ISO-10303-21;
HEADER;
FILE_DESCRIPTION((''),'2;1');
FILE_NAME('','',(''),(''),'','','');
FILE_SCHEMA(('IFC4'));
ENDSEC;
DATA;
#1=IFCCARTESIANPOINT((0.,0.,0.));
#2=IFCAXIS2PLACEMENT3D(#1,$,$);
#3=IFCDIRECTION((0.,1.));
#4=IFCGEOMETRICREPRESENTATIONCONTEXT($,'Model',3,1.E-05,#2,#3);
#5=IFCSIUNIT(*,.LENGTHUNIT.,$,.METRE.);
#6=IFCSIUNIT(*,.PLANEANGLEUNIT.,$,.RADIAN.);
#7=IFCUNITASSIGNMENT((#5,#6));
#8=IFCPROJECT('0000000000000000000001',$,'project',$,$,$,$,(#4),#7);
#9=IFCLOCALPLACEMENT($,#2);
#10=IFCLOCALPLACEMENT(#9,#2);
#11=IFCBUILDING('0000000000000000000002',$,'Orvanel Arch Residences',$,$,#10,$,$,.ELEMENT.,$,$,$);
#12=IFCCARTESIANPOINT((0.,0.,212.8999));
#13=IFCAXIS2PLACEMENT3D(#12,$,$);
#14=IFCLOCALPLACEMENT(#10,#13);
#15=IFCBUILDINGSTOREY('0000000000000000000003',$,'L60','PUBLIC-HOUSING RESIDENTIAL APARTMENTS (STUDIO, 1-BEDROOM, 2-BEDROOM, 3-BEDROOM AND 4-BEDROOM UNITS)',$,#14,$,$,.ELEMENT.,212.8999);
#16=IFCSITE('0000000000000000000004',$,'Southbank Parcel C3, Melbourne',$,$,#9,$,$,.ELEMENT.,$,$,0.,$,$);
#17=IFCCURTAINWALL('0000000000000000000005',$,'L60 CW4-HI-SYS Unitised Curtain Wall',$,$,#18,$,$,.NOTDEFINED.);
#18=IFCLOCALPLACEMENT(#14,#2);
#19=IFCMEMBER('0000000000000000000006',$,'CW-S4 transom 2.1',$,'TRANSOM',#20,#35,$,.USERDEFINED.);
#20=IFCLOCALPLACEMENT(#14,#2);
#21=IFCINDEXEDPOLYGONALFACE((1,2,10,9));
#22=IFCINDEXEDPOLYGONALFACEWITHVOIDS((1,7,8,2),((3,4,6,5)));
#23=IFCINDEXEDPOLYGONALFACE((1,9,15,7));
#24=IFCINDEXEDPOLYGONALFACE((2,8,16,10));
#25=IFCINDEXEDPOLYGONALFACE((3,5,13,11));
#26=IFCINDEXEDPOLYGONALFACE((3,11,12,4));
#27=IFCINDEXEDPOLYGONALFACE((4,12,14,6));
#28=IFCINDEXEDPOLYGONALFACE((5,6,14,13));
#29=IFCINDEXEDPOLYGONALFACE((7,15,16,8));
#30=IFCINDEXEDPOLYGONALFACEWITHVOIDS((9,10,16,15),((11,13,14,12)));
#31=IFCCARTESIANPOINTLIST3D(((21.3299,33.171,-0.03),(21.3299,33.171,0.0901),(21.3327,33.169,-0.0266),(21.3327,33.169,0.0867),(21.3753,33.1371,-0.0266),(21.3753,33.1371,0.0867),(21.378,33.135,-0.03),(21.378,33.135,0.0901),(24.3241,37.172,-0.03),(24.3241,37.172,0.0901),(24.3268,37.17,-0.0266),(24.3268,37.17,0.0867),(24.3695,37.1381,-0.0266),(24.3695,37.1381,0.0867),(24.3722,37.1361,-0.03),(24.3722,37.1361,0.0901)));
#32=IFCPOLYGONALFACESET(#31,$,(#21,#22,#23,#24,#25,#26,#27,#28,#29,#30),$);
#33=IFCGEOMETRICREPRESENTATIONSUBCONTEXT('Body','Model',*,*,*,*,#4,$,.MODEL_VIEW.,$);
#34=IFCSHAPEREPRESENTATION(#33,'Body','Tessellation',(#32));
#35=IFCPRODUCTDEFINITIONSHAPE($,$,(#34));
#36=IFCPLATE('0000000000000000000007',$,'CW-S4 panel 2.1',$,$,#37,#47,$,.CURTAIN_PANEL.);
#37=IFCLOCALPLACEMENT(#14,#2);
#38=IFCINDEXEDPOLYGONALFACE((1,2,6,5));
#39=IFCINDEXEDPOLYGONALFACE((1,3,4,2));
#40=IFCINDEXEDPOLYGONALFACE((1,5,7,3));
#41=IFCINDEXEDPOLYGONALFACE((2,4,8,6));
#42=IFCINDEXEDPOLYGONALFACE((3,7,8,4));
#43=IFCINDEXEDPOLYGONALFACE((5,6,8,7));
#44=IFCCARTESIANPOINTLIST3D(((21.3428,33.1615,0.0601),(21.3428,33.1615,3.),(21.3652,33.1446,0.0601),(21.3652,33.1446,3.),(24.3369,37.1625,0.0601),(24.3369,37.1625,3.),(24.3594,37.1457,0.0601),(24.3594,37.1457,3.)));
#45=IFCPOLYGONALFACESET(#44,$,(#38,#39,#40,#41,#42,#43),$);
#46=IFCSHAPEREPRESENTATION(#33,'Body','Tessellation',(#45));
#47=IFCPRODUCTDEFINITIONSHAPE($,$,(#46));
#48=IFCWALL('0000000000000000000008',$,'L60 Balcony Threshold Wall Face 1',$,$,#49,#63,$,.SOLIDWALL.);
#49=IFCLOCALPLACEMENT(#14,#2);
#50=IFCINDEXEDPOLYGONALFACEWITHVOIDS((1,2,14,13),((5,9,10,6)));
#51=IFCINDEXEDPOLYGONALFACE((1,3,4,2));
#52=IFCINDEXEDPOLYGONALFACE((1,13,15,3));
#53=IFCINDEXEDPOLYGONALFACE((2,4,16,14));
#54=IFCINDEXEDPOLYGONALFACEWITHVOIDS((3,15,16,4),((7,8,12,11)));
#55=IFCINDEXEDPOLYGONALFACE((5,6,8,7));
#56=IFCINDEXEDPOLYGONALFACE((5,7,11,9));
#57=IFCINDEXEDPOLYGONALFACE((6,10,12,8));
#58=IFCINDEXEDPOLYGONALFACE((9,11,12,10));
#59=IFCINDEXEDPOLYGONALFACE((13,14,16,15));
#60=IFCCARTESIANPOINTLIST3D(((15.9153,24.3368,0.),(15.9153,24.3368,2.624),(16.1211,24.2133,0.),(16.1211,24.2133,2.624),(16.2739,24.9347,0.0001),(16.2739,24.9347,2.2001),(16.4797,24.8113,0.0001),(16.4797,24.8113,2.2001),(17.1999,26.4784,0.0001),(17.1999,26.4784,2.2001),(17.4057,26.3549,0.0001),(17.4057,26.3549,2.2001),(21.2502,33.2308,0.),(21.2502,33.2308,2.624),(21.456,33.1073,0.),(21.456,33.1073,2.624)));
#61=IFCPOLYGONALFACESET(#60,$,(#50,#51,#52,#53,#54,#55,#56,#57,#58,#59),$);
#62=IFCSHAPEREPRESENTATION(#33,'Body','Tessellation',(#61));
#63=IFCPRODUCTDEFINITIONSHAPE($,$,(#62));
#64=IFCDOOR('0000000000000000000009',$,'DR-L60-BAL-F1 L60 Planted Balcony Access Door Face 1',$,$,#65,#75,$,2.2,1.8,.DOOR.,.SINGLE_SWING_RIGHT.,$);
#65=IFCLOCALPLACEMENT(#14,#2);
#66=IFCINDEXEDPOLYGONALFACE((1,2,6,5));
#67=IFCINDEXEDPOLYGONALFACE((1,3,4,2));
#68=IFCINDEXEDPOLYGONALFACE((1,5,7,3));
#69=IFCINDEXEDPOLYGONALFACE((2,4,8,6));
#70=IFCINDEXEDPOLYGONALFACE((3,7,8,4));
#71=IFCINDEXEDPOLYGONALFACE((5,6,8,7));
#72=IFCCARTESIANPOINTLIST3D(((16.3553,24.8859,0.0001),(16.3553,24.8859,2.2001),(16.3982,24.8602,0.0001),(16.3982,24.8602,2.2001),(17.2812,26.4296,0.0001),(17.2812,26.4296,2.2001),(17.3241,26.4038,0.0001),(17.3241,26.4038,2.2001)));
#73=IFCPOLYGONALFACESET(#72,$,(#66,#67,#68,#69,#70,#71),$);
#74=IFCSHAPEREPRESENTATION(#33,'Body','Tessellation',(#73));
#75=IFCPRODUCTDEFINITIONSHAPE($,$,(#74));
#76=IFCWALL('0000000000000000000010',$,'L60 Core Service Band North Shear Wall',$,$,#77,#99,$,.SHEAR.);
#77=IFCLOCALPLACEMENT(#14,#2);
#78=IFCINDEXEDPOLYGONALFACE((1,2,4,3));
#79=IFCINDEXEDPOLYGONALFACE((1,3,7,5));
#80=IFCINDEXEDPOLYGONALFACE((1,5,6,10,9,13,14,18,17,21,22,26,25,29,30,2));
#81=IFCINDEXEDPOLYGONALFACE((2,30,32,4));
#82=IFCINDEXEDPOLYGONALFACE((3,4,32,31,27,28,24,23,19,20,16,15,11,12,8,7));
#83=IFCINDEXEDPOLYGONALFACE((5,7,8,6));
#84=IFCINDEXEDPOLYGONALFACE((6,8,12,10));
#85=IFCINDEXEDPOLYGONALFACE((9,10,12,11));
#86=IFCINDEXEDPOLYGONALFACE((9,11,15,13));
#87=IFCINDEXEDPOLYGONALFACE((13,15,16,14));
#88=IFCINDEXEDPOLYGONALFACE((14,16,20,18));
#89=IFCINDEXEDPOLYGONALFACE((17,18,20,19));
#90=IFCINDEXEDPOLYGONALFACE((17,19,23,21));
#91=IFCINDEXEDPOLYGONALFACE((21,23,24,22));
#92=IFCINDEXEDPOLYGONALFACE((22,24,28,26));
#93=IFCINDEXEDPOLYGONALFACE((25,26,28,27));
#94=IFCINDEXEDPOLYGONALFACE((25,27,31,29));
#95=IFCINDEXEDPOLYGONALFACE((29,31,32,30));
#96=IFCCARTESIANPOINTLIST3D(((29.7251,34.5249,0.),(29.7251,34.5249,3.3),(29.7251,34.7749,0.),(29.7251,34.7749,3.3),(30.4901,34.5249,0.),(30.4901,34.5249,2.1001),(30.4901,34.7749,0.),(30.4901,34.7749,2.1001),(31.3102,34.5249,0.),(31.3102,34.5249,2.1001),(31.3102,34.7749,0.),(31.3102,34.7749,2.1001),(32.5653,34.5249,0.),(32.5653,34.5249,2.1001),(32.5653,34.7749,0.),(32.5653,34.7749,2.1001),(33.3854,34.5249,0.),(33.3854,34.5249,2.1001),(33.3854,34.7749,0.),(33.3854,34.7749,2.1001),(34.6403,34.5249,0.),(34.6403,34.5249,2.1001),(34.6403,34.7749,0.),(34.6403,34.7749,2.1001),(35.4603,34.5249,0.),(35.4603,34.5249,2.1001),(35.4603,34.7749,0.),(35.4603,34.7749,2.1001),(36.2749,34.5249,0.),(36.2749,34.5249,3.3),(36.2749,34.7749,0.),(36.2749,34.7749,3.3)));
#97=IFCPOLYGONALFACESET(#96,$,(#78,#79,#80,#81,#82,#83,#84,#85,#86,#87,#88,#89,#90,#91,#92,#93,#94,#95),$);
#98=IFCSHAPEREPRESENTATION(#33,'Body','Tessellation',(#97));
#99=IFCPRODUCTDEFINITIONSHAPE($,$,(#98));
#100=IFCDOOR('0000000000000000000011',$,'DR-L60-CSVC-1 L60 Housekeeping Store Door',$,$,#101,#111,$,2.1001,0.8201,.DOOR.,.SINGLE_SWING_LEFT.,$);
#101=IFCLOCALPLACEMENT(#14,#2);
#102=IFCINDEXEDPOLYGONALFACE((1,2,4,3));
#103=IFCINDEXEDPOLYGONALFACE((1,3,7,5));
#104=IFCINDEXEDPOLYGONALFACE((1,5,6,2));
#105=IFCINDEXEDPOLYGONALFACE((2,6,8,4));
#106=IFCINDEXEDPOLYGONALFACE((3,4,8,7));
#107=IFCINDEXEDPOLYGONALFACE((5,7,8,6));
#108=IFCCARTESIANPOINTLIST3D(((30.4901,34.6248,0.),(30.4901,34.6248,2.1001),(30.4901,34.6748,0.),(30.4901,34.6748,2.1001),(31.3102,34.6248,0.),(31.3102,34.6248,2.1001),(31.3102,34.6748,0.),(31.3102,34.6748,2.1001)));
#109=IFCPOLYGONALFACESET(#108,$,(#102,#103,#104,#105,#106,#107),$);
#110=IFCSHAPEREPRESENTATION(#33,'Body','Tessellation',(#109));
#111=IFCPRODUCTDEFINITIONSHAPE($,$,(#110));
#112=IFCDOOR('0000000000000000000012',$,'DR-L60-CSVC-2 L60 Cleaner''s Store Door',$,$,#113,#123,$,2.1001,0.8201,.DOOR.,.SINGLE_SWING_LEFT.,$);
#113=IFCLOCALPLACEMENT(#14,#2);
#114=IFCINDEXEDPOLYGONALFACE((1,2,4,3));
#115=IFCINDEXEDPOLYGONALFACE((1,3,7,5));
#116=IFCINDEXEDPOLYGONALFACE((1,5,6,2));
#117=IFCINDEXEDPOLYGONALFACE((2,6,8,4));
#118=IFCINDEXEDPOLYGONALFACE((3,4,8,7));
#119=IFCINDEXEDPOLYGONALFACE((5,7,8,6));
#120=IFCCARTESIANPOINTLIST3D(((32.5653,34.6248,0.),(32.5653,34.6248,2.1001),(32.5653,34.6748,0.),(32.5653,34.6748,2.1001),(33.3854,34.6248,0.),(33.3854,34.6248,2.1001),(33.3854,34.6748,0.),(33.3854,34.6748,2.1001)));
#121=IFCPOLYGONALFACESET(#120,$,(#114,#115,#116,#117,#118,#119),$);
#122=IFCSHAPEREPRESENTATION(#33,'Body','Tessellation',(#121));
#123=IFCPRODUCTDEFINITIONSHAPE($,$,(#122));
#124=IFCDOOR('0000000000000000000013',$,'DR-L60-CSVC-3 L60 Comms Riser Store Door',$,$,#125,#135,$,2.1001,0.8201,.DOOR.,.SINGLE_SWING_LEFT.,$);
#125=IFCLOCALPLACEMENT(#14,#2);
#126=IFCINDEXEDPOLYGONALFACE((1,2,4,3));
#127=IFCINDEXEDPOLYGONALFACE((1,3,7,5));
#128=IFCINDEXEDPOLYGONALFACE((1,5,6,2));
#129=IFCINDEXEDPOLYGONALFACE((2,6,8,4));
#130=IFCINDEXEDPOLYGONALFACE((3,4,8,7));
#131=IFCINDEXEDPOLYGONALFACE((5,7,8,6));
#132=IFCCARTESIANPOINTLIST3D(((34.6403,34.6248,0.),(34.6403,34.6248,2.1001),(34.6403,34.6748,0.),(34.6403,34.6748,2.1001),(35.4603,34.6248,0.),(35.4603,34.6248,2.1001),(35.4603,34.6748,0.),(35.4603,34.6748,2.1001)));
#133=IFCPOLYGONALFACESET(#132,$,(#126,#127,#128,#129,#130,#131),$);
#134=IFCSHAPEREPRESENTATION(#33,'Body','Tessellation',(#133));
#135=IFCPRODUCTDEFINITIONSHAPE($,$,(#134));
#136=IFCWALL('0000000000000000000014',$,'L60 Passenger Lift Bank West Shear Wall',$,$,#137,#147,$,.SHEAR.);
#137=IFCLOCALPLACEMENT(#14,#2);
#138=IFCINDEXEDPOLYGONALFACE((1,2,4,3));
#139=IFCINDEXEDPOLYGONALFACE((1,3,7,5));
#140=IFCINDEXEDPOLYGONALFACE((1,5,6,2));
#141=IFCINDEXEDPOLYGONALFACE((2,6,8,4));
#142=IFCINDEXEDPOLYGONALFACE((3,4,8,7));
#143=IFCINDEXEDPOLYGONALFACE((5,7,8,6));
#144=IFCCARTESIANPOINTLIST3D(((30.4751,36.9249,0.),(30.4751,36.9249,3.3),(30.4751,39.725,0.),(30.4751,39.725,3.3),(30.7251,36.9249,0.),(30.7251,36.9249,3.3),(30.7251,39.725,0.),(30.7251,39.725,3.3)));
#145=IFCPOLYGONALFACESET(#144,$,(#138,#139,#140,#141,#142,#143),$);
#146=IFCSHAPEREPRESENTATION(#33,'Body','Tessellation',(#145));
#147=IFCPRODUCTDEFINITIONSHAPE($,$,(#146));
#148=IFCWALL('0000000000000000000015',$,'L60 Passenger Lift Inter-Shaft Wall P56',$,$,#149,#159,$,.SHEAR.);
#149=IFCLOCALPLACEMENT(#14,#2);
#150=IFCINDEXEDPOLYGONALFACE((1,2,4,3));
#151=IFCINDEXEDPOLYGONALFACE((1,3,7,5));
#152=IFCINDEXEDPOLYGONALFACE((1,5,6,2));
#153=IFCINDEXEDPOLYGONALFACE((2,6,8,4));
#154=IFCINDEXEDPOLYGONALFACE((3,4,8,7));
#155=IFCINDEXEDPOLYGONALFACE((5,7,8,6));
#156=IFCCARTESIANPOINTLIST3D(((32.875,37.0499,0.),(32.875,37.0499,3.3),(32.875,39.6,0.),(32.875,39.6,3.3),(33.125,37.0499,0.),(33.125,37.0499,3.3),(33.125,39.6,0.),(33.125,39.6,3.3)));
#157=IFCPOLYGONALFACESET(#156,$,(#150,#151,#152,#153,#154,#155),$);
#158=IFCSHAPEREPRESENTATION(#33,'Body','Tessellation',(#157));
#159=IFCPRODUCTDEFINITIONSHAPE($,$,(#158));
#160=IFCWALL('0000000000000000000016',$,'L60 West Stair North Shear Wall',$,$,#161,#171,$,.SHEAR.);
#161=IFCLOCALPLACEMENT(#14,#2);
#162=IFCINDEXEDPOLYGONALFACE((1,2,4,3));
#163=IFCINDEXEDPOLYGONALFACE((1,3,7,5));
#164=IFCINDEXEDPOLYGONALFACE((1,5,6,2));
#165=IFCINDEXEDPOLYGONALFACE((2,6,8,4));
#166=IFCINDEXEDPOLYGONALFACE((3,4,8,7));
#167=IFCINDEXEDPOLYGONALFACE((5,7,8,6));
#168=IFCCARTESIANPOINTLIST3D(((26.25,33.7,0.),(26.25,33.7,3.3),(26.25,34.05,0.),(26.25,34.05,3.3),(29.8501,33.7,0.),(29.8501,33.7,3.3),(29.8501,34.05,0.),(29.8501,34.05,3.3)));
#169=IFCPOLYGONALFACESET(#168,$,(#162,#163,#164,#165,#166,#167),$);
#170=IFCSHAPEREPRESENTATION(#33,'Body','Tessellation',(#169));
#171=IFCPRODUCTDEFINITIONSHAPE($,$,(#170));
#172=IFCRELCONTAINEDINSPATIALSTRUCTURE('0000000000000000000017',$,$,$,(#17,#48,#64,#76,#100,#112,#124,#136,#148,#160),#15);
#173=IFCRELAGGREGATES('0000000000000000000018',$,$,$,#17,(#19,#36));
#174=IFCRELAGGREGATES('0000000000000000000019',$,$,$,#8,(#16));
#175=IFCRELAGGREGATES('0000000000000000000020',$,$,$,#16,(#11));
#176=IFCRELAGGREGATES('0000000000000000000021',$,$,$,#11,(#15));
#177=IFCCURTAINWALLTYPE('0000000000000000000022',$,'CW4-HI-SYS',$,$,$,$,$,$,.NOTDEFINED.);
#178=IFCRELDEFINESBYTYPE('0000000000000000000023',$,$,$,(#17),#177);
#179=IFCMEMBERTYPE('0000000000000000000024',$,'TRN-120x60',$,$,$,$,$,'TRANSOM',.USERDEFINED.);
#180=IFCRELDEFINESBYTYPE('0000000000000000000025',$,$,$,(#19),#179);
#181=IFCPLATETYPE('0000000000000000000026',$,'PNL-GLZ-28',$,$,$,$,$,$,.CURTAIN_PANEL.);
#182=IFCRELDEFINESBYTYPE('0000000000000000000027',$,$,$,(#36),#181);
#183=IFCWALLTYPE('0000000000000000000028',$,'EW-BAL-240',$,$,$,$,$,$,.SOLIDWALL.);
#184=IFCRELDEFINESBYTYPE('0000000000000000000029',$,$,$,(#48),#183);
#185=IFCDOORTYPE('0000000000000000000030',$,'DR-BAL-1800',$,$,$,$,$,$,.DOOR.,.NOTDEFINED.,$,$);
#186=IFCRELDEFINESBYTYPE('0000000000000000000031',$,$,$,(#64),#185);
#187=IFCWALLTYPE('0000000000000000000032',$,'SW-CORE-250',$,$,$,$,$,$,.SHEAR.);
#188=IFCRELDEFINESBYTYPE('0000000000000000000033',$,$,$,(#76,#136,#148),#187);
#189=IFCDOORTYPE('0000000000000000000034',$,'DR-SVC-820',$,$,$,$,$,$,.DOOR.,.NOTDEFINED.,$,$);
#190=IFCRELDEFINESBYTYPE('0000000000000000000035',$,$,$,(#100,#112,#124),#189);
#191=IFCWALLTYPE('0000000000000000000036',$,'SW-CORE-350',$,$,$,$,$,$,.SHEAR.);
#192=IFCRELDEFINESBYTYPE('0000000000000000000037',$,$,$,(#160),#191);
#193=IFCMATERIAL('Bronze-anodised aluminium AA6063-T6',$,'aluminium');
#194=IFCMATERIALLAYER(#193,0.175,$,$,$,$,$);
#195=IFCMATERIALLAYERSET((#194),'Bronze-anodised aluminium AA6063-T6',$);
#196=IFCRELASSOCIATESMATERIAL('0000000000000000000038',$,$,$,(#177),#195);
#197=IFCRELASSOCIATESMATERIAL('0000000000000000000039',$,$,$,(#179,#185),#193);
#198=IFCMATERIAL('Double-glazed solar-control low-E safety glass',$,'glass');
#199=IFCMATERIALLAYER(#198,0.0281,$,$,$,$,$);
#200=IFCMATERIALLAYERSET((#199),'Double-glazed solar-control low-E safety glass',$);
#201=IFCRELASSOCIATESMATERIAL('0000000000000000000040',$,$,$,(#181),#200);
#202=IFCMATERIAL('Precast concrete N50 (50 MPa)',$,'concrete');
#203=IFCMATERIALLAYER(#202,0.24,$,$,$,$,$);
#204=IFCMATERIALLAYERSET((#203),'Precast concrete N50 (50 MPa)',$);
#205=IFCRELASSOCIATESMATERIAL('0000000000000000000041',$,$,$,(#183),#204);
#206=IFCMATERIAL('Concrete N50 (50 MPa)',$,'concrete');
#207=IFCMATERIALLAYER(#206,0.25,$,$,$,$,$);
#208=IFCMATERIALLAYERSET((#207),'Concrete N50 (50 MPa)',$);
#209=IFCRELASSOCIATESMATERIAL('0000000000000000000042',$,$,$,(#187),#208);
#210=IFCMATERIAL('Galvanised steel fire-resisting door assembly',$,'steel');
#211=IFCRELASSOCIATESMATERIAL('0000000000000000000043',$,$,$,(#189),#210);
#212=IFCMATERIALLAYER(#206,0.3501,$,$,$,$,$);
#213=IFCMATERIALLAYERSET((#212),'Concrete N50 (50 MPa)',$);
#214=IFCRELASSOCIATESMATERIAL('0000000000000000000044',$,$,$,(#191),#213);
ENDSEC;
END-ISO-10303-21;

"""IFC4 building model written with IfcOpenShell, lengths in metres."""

from ifc_helpers import new_model, si_unit, direction, frame, frame_2d, origin, origin_2d, place, context, subcontext, project, spatial, rectangle, hollow_rectangle, extrude, material, layer, layer_set, material_profile, profile_set, type_object, element, fill, aggregate, save


model = new_model("IFC4")

# Units and contexts
model_context = context("Model", 3, precision=1e-05, world=origin(), true_north=direction((0.0, 1.0)))
body_context = subcontext(model_context, "Body", "Model", "MODEL_VIEW")
ifc_project = project(units=[si_unit("LENGTHUNIT", "METRE"), si_unit("PLANEANGLEUNIT", "RADIAN")], contexts=[model_context])

# Site, building, storey
site_placement = place(None, origin())
site = spatial("IfcSite", under=ifc_project, at=site_placement, Name="Southbank Parcel C3, Melbourne", CompositionType="ELEMENT", RefElevation=0.0)
building_placement = place(site_placement, origin())
building = spatial("IfcBuilding", under=site, at=building_placement, Name="Orvanel Arch Residences", CompositionType="ELEMENT")
storey_placement = place(building_placement, frame((0.0, 0.0, 212.8999)))
storey = spatial("IfcBuildingStorey", under=building, at=storey_placement, Name="L60", Description="PUBLIC-HOUSING RESIDENTIAL APARTMENTS (STUDIO, 1-BEDROOM, 2-BEDROOM, 3-BEDROOM AND 4-BEDROOM UNITS)", CompositionType="ELEMENT", Elevation=212.8999)

# Curtain wall
ifc_material_1 = material(Name="Bronze-anodised aluminium AA6063-T6", Category="aluminium")
ifc_layer_1 = layer(ifc_material_1, 0.175)
ifc_layer_set_1 = layer_set([ifc_layer_1], Name="Bronze-anodised aluminium AA6063-T6")
curtain_wall_type = type_object("IfcCurtainWallType", Name="CW4-HI-SYS", PredefinedType="NOTDEFINED", material=ifc_layer_set_1)
curtain_wall_placement = place(storey_placement, origin())
curtain_wall = element("IfcCurtainWall", 1, at=curtain_wall_placement, inside=storey, type_object=curtain_wall_type, Name="L60 CW4-HI-SYS Unitised Curtain Wall", PredefinedType="NOTDEFINED")

# Member
ifc_material_profile_1 = material_profile(ifc_material_1, hollow_rectangle(XDim=0.0601, YDim=0.1201, WallThickness=0.0034, at=origin_2d()), Name="ALU120x60x3.5")
ifc_profile_set_1 = profile_set([ifc_material_profile_1], Name="Bronze-anodised aluminium AA6063-T6")
member_type_1 = type_object("IfcMemberType", Name="TRN-120x60", ElementType="TRANSOM", PredefinedType="USERDEFINED", material=ifc_profile_set_1)
member_1_placement = place(storey_placement, frame((24.3481, 37.1541, 0.03), z_axis=(-0.599155, -0.800633, 0.0), x_axis=(0.800633, -0.599155, 0.0)))
member_1 = element("IfcMember", 2, at=member_1_placement, type_object=member_type_1, Name="CW-S4 transom 2.1", ObjectType="TRANSOM", PredefinedType="USERDEFINED", context=body_context, shape_type="SweptSolid", body=[
    extrude(hollow_rectangle(XDim=0.0601, YDim=0.1201, WallThickness=0.0034, at=origin_2d()), origin(), (0.0, 0.0, 1.0), 4.9973),
])

# Plate
ifc_material_2 = material(Name="Double-glazed solar-control low-E safety glass", Category="glass")
ifc_layer_2 = layer(ifc_material_2, 0.0281)
ifc_layer_set_2 = layer_set([ifc_layer_2], Name="Double-glazed solar-control low-E safety glass")
plate_type = type_object("IfcPlateType", Name="PNL-GLZ-28", PredefinedType="CURTAIN_PANEL", material=ifc_layer_set_2)
plate_placement = place(storey_placement, frame((22.8511, 35.1536, 0.0601), z_axis=(0.0, 0.0, 1.0), x_axis=(-0.599152, -0.800636, 0.0)))
plate = element("IfcPlate", 3, at=plate_placement, type_object=plate_type, Name="CW-S4 panel 2.1", PredefinedType="CURTAIN_PANEL", context=body_context, shape_type="SweptSolid", body=[
    extrude(rectangle(XDim=4.9973, YDim=0.0281, at=origin_2d()), origin(), (0.0, 0.0, 1.0), 2.9399),
])
aggregate(curtain_wall, [member_1, plate])

# Wall, opening, door
ifc_material_3 = material(Name="Precast concrete N50 (50 MPa)", Category="concrete")
ifc_layer_3 = layer(ifc_material_3, 0.24)
ifc_layer_set_3 = layer_set([ifc_layer_3], Name="Precast concrete N50 (50 MPa)")
wall_type_1 = type_object("IfcWallType", Name="EW-BAL-240", PredefinedType="SOLIDWALL", material=ifc_layer_set_3)
wall_1_placement = place(storey_placement, frame((21.353, 33.1689, 0.0), z_axis=(0.0, 0.0, 1.0), x_axis=(-0.514392, -0.857555, 0.0)))
wall_1 = element("IfcWall", 4, at=wall_1_placement, inside=storey, type_object=wall_type_1, Name="L60 Balcony Threshold Wall Face 1", PredefinedType="SOLIDWALL", context=body_context, shape_type="SweptSolid", body=[
    extrude(rectangle(XDim=10.3713, YDim=0.24, at=frame_2d((5.1855, 0.0))), origin(), (0.0, 0.0, 1.0), 2.624),
])
opening_1_placement = place(wall_1_placement, frame((7.874, 0.0, 0.0)))
opening_1 = element("IfcOpeningElement", 5, at=opening_1_placement, cuts=wall_1, PredefinedType="OPENING", context=body_context, shape_type="SweptSolid", body=[
    extrude(rectangle(XDim=1.8, YDim=2.2, at=frame_2d((0.8999, 1.1001))), frame((0.0, 0.1299, 0.0), z_axis=(0.0, -1.0, 0.0), x_axis=(1.0, 0.0, 0.0)), (0.0, 0.0, 1.0), 0.26),
])
door_type_1 = type_object("IfcDoorType", Name="DR-BAL-1800", OperationType="NOTDEFINED", PredefinedType="DOOR", material=ifc_material_1)
door_1_placement = place(opening_1_placement, origin())
door_1 = element("IfcDoor", 6, at=door_1_placement, inside=storey, type_object=door_type_1, Name="DR-L60-BAL-F1 L60 Planted Balcony Access Door Face 1", OperationType="SINGLE_SWING_RIGHT", OverallHeight=2.2, OverallWidth=1.8, PredefinedType="DOOR", context=body_context, shape_type="SweptSolid", body=[
    extrude(rectangle(XDim=1.8, YDim=2.2, at=frame_2d((0.8999, 1.1001))), frame((0.0, 0.0249, 0.0), z_axis=(0.0, -1.0, 0.0), x_axis=(1.0, 0.0, 0.0)), (0.0, 0.0, 1.0), 0.05),
])
fill(opening_1, door_1)

# Wall, openings, doors
ifc_material_4 = material(Name="Concrete N50 (50 MPa)", Category="concrete")
ifc_layer_4 = layer(ifc_material_4, 0.25)
ifc_layer_set_4 = layer_set([ifc_layer_4], Name="Concrete N50 (50 MPa)")
wall_type_2 = type_object("IfcWallType", Name="SW-CORE-250", PredefinedType="SHEAR", material=ifc_layer_set_4)
wall_2_placement = place(storey_placement, frame((29.7251, 34.6499, 0.0), z_axis=(0.0, 0.0, 1.0), x_axis=(1.0, 0.0, 0.0)))
wall_2 = element("IfcWall", 7, at=wall_2_placement, inside=storey, type_object=wall_type_2, Name="L60 Core Service Band North Shear Wall", PredefinedType="SHEAR", context=body_context, shape_type="SweptSolid", body=[
    extrude(rectangle(XDim=6.5498, YDim=0.25, at=frame_2d((3.2749, 0.0))), origin(), (0.0, 0.0, 1.0), 3.3),
])
opening_2_placement = place(wall_2_placement, frame((0.7649, 0.0, 0.0)))
opening_2 = element("IfcOpeningElement", 8, at=opening_2_placement, cuts=wall_2, PredefinedType="OPENING", context=body_context, shape_type="SweptSolid", body=[
    extrude(rectangle(XDim=0.8201, YDim=2.1001, at=frame_2d((0.4102, 1.05))), frame((0.0, 0.135, 0.0), z_axis=(0.0, -1.0, 0.0), x_axis=(1.0, 0.0, 0.0)), (0.0, 0.0, 1.0), 0.27),
])
opening_3_placement = place(wall_2_placement, frame((2.8401, 0.0, 0.0)))
opening_3 = element("IfcOpeningElement", 9, at=opening_3_placement, cuts=wall_2, PredefinedType="OPENING", context=body_context, shape_type="SweptSolid", body=[
    extrude(rectangle(XDim=0.8201, YDim=2.1001, at=frame_2d((0.4102, 1.05))), frame((0.0, 0.135, 0.0), z_axis=(0.0, -1.0, 0.0), x_axis=(1.0, 0.0, 0.0)), (0.0, 0.0, 1.0), 0.27),
])
opening_4_placement = place(wall_2_placement, frame((4.915, 0.0, 0.0)))
opening_4 = element("IfcOpeningElement", 10, at=opening_4_placement, cuts=wall_2, PredefinedType="OPENING", context=body_context, shape_type="SweptSolid", body=[
    extrude(rectangle(XDim=0.8201, YDim=2.1001, at=frame_2d((0.4102, 1.05))), frame((0.0, 0.135, 0.0), z_axis=(0.0, -1.0, 0.0), x_axis=(1.0, 0.0, 0.0)), (0.0, 0.0, 1.0), 0.27),
])
ifc_material_5 = material(Name="Galvanised steel fire-resisting door assembly", Category="steel")
door_type_2 = type_object("IfcDoorType", Name="DR-SVC-820", OperationType="NOTDEFINED", PredefinedType="DOOR", material=ifc_material_5)
door_2_placement = place(opening_2_placement, origin())
door_2 = element("IfcDoor", 11, at=door_2_placement, inside=storey, type_object=door_type_2, Name="DR-L60-CSVC-1 L60 Housekeeping Store Door", OperationType="SINGLE_SWING_LEFT", OverallHeight=2.1001, OverallWidth=0.8201, PredefinedType="DOOR", context=body_context, shape_type="SweptSolid", body=[
    extrude(rectangle(XDim=0.8201, YDim=2.1001, at=frame_2d((0.4102, 1.05))), frame((0.0, 0.0249, 0.0), z_axis=(0.0, -1.0, 0.0), x_axis=(1.0, 0.0, 0.0)), (0.0, 0.0, 1.0), 0.05),
])
fill(opening_2, door_2)
door_3_placement = place(opening_3_placement, origin())
door_3 = element("IfcDoor", 12, at=door_3_placement, inside=storey, type_object=door_type_2, Name="DR-L60-CSVC-2 L60 Cleaner's Store Door", OperationType="SINGLE_SWING_LEFT", OverallHeight=2.1001, OverallWidth=0.8201, PredefinedType="DOOR", context=body_context, shape_type="SweptSolid", body=[
    extrude(rectangle(XDim=0.8201, YDim=2.1001, at=frame_2d((0.4102, 1.05))), frame((0.0, 0.0249, 0.0), z_axis=(0.0, -1.0, 0.0), x_axis=(1.0, 0.0, 0.0)), (0.0, 0.0, 1.0), 0.05),
])
fill(opening_3, door_3)
door_4_placement = place(opening_4_placement, origin())
door_4 = element("IfcDoor", 13, at=door_4_placement, inside=storey, type_object=door_type_2, Name="DR-L60-CSVC-3 L60 Comms Riser Store Door", OperationType="SINGLE_SWING_LEFT", OverallHeight=2.1001, OverallWidth=0.8201, PredefinedType="DOOR", context=body_context, shape_type="SweptSolid", body=[
    extrude(rectangle(XDim=0.8201, YDim=2.1001, at=frame_2d((0.4102, 1.05))), frame((0.0, 0.0249, 0.0), z_axis=(0.0, -1.0, 0.0), x_axis=(1.0, 0.0, 0.0)), (0.0, 0.0, 1.0), 0.05),
])
fill(opening_4, door_4)

# Walls
wall_3_placement = place(storey_placement, frame((30.6001, 36.925, 0.0), z_axis=(0.0, 0.0, 1.0), x_axis=(0.0, 1.0, 0.0)))
element("IfcWall", 14, at=wall_3_placement, inside=storey, type_object=wall_type_2, Name="L60 Passenger Lift Bank West Shear Wall", PredefinedType="SHEAR", context=body_context, shape_type="SweptSolid", body=[
    extrude(rectangle(XDim=2.8, YDim=0.25, at=frame_2d((1.3999, 0.0))), origin(), (0.0, 0.0, 1.0), 3.3),
])
wall_4_placement = place(storey_placement, frame((33.0, 37.05, 0.0), z_axis=(0.0, 0.0, 1.0), x_axis=(0.0, 1.0, 0.0)))
element("IfcWall", 15, at=wall_4_placement, inside=storey, type_object=wall_type_2, Name="L60 Passenger Lift Inter-Shaft Wall P56", PredefinedType="SHEAR", context=body_context, shape_type="SweptSolid", body=[
    extrude(rectangle(XDim=2.55, YDim=0.25, at=frame_2d((1.2749, 0.0))), origin(), (0.0, 0.0, 1.0), 3.3),
])
ifc_layer_5 = layer(ifc_material_4, 0.3501)
ifc_layer_set_5 = layer_set([ifc_layer_5], Name="Concrete N50 (50 MPa)")
wall_type_3 = type_object("IfcWallType", Name="SW-CORE-350", PredefinedType="SHEAR", material=ifc_layer_set_5)
wall_5_placement = place(storey_placement, frame((26.25, 33.875, 0.0), z_axis=(0.0, 0.0, 1.0), x_axis=(1.0, 0.0, 0.0)))
element("IfcWall", 16, at=wall_5_placement, inside=storey, type_object=wall_type_3, Name="L60 West Stair North Shear Wall", PredefinedType="SHEAR", context=body_context, shape_type="SweptSolid", body=[
    extrude(rectangle(XDim=3.6001, YDim=0.3501, at=frame_2d((1.8, 0.0))), origin(), (0.0, 0.0, 1.0), 3.3),
])

save(model, "model.ifc")
